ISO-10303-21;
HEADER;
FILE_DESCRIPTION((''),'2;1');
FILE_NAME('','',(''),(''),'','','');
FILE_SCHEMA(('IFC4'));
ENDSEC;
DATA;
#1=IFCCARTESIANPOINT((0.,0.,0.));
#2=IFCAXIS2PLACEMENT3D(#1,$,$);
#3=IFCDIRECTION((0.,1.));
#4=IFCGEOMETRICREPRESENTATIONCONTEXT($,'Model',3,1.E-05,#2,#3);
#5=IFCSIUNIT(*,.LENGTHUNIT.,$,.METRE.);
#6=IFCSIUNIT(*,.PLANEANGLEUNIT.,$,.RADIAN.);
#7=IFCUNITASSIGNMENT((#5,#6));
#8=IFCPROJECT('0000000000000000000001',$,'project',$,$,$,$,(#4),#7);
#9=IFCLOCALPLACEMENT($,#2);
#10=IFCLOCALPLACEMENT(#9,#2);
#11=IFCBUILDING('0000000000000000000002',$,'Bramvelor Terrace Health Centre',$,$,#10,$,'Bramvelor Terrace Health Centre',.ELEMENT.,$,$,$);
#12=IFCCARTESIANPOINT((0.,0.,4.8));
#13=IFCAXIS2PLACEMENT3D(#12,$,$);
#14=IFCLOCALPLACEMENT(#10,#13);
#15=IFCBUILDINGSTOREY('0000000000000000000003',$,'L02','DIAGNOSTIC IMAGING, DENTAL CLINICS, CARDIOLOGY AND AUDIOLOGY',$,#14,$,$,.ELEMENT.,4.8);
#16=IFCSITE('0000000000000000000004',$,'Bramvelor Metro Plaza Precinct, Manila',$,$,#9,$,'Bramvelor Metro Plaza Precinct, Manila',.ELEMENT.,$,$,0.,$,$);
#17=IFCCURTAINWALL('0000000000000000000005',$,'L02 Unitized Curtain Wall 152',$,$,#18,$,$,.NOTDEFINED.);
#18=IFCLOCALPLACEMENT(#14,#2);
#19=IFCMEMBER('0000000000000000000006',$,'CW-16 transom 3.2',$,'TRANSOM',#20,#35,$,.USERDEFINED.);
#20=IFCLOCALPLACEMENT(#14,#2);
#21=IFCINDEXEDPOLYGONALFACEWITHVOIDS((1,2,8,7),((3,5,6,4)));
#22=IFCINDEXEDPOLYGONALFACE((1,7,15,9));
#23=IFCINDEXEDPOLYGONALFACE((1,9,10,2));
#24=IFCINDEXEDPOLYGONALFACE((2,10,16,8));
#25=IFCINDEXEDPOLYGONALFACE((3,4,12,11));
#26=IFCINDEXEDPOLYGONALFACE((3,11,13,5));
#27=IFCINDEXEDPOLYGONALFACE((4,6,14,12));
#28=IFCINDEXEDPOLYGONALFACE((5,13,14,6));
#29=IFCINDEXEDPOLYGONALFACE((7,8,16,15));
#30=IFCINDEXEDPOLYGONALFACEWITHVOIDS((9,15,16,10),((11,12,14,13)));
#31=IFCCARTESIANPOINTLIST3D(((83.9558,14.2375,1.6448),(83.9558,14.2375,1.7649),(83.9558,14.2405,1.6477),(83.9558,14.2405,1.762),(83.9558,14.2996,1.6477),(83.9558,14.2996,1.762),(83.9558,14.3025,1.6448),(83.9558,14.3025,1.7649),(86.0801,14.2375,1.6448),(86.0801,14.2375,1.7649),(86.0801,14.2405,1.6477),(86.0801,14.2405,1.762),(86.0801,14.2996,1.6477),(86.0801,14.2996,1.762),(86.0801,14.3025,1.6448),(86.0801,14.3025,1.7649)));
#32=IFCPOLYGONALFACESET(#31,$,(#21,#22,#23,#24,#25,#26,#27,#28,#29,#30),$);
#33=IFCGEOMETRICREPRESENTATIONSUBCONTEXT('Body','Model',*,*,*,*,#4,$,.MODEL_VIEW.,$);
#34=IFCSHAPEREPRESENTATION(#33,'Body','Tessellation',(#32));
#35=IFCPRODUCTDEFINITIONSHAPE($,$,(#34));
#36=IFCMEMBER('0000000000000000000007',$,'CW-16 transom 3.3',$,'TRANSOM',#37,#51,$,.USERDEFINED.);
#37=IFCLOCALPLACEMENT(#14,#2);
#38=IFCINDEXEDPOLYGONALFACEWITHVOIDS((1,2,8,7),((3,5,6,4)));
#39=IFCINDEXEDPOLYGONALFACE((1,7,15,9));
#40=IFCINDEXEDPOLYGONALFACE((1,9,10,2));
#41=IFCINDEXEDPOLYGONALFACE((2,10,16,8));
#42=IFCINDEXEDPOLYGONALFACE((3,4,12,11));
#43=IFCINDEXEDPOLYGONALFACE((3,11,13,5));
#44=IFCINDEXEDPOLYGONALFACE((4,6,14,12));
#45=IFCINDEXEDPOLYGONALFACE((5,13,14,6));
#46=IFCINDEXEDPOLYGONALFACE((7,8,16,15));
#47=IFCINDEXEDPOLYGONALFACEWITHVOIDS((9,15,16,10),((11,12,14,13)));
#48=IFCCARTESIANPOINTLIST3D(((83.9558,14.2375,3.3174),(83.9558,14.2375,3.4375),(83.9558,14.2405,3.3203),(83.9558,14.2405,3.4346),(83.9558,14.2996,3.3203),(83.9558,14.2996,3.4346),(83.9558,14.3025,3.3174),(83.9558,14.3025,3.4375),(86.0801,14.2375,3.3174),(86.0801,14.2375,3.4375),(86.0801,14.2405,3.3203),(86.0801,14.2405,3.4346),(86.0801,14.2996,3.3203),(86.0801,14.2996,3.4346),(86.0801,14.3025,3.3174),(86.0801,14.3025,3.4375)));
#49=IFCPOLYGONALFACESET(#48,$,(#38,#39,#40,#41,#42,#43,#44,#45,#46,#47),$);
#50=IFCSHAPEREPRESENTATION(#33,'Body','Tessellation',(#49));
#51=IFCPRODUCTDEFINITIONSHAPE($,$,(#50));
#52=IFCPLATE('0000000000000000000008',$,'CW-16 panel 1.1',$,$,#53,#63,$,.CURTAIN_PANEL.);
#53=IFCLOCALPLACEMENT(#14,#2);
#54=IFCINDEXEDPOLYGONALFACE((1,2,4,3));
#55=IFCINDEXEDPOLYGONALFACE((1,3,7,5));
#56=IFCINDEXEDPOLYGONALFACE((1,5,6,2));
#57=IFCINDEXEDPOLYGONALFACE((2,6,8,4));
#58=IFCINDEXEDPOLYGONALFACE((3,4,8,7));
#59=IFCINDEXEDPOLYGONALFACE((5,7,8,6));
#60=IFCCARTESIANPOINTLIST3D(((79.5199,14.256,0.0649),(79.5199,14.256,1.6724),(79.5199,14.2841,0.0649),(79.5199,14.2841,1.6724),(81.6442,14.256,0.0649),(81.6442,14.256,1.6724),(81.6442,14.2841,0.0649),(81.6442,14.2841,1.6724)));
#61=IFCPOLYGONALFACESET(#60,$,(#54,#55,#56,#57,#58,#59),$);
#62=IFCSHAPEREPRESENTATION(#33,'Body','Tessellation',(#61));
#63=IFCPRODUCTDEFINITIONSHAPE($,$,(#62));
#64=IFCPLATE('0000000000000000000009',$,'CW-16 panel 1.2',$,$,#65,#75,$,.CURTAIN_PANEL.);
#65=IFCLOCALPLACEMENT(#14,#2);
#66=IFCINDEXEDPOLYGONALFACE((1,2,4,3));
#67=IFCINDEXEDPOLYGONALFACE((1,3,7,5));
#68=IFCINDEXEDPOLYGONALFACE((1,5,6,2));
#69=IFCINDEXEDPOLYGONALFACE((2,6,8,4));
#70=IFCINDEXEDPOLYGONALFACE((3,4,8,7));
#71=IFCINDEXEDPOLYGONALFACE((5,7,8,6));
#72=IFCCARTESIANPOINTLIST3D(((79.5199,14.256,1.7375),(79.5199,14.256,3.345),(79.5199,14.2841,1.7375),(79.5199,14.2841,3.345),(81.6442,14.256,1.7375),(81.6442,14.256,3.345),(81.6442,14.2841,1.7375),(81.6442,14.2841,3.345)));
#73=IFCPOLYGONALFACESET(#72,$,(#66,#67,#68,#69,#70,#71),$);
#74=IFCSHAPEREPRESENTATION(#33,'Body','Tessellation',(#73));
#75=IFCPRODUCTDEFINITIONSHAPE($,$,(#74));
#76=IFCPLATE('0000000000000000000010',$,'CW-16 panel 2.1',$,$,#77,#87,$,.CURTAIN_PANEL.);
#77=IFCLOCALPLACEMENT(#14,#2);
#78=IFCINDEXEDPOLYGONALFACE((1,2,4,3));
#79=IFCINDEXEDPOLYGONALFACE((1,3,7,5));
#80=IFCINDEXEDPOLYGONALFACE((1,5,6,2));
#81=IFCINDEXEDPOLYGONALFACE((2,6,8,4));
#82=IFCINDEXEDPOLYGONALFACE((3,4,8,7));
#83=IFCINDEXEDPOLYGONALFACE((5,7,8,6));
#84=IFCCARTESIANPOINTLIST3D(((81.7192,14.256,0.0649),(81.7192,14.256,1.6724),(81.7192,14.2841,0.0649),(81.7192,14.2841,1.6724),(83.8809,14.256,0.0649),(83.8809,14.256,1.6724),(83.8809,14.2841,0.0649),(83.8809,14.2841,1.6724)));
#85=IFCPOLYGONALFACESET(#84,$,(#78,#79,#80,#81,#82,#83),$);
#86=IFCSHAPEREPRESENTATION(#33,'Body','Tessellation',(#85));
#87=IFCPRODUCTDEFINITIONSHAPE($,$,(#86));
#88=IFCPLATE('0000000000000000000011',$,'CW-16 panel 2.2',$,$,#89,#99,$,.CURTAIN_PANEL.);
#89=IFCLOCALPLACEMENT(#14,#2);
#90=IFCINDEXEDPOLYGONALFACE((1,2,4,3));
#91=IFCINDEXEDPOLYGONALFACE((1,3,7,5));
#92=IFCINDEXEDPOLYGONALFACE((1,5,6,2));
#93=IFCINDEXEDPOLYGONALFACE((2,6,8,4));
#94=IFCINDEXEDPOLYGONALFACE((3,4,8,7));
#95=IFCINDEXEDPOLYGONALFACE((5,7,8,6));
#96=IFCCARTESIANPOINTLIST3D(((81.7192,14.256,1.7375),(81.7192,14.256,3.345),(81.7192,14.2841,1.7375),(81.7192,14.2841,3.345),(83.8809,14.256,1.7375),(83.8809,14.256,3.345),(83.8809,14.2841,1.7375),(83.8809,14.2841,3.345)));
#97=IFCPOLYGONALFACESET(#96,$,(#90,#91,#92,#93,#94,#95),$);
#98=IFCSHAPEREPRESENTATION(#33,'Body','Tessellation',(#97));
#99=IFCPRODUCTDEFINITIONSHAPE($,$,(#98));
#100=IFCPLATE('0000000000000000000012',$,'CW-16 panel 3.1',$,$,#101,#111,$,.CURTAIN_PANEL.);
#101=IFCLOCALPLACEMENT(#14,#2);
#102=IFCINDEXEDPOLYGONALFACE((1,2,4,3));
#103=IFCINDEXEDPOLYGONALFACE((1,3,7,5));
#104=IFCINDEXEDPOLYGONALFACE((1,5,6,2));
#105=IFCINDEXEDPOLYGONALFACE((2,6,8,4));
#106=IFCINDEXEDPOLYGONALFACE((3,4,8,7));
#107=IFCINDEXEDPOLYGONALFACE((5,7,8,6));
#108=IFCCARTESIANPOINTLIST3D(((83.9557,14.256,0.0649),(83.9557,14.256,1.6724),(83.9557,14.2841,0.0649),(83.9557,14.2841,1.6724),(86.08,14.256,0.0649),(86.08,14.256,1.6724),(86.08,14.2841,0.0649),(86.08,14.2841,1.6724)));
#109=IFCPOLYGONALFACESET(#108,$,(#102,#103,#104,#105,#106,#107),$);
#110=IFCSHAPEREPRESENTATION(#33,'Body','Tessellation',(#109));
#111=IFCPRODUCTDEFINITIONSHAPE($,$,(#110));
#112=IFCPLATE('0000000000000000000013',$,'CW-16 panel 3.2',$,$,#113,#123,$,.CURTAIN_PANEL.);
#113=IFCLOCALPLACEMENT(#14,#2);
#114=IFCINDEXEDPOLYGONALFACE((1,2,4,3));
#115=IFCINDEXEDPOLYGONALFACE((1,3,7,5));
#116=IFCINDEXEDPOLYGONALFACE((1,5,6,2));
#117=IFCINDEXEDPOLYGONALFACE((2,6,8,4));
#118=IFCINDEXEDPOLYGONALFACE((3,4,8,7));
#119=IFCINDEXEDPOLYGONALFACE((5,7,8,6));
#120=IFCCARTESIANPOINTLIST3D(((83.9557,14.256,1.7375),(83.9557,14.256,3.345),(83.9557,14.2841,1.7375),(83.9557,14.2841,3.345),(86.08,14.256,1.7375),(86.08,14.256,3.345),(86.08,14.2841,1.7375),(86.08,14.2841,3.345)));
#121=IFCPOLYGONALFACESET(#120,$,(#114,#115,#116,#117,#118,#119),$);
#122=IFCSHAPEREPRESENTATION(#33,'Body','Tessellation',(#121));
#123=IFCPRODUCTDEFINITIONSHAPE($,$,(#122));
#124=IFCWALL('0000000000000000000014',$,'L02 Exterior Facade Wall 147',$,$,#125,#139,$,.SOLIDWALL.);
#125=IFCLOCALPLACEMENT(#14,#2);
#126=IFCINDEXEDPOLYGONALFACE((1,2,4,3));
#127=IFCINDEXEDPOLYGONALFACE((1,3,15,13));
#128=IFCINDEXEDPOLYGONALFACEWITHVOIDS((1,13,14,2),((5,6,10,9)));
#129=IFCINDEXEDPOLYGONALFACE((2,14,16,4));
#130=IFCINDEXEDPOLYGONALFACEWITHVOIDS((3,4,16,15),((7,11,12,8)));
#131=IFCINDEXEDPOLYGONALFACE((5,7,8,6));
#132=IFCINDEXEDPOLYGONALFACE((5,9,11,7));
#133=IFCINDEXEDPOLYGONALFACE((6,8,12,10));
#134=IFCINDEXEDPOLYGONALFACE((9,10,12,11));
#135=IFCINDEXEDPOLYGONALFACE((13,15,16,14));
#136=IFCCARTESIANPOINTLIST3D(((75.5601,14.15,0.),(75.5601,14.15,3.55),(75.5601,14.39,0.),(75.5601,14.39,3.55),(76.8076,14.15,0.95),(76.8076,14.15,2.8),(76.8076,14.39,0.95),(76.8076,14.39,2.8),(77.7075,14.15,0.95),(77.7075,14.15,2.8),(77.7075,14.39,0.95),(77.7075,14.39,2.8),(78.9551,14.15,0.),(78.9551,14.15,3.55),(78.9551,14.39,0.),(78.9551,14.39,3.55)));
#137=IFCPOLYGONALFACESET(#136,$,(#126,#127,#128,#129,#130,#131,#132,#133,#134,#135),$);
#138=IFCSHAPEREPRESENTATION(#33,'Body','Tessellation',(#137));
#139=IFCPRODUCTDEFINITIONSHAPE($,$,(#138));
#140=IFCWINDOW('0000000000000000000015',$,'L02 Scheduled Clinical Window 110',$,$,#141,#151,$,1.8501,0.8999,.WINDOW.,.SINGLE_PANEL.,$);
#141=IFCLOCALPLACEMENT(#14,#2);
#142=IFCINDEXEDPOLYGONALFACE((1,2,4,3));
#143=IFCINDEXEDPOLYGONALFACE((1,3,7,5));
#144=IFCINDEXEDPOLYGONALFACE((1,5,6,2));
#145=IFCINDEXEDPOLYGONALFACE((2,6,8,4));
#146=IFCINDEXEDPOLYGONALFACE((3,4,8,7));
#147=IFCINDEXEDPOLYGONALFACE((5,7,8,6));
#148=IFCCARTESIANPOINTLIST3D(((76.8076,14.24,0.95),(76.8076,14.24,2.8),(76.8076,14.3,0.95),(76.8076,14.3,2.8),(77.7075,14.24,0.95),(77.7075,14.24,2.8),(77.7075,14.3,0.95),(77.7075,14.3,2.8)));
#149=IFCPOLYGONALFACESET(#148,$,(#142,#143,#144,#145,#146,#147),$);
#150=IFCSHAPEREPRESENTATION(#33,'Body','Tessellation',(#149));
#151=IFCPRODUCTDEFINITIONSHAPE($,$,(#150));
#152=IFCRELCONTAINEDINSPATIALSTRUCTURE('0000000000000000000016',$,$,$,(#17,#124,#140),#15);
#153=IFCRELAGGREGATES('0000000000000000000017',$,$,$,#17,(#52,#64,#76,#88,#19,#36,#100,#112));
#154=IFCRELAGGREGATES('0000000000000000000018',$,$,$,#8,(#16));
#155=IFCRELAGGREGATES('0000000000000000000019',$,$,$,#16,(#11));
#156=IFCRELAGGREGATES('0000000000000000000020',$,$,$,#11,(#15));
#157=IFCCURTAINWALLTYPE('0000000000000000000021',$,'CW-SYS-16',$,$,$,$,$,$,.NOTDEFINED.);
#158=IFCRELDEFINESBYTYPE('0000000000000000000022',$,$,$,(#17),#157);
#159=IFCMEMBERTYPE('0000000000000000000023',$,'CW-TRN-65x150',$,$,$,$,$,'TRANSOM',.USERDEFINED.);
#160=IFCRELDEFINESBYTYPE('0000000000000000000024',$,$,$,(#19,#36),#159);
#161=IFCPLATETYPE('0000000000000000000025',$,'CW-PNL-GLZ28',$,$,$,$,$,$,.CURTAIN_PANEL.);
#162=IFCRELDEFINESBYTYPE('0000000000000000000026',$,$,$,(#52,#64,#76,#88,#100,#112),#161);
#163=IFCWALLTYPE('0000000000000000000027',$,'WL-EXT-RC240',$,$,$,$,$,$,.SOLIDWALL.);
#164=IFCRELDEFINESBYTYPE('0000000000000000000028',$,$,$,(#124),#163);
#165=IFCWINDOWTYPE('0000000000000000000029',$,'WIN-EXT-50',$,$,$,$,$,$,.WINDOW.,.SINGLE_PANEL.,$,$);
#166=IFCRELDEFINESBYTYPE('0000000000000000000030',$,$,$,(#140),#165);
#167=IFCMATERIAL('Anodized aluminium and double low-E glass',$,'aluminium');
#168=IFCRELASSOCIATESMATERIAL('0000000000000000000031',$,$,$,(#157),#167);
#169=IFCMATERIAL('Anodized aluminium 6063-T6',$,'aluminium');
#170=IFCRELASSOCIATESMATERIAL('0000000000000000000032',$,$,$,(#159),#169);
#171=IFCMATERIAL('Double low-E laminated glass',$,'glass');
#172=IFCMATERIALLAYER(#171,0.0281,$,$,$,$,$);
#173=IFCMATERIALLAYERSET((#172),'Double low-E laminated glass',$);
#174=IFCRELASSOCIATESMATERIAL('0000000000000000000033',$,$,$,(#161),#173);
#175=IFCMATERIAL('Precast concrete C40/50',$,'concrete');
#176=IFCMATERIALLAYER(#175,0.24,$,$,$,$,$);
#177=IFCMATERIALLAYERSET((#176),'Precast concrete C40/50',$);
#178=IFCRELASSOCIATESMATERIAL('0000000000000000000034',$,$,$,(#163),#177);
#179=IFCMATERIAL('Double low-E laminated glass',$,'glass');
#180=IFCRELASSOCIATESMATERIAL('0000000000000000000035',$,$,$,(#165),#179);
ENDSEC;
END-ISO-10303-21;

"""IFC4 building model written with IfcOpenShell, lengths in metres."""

from ifc_helpers import new_model, si_unit, direction, frame, frame_2d, origin, origin_2d, place, context, subcontext, project, spatial, rectangle, hollow_rectangle, extrude, material, layer, layer_set, material_profile, profile_set, type_object, element, fill, aggregate, save


model = new_model("IFC4")

# Units and contexts
model_context = context("Model", 3, precision=1e-05, world=origin(), true_north=direction((0.0, 1.0)))
body_context = subcontext(model_context, "Body", "Model", "MODEL_VIEW")
ifc_project = project(units=[si_unit("LENGTHUNIT", "METRE"), si_unit("PLANEANGLEUNIT", "RADIAN")], contexts=[model_context])

# Site, building, storey
site_placement = place(None, origin())
site = spatial("IfcSite", under=ifc_project, at=site_placement, Name="Bramvelor Metro Plaza Precinct, Manila", LongName="Bramvelor Metro Plaza Precinct, Manila", CompositionType="ELEMENT", RefElevation=0.0)
building_placement = place(site_placement, origin())
building = spatial("IfcBuilding", under=site, at=building_placement, Name="Bramvelor Terrace Health Centre", LongName="Bramvelor Terrace Health Centre", CompositionType="ELEMENT")
storey_placement = place(building_placement, frame((0.0, 0.0, 4.8)))
storey = spatial("IfcBuildingStorey", under=building, at=storey_placement, Name="L02", Description="DIAGNOSTIC IMAGING, DENTAL CLINICS, CARDIOLOGY AND AUDIOLOGY", CompositionType="ELEMENT", Elevation=4.8)

# Curtain wall, members, plates
ifc_material_1 = material(Name="Anodized aluminium and double low-E glass", Category="aluminium")
curtain_wall_type = type_object("IfcCurtainWallType", Name="CW-SYS-16", PredefinedType="NOTDEFINED", material=ifc_material_1)
curtain_wall_placement = place(storey_placement, origin())
curtain_wall = element("IfcCurtainWall", 1, at=curtain_wall_placement, inside=storey, type_object=curtain_wall_type, Name="L02 Unitized Curtain Wall 152", PredefinedType="NOTDEFINED")
ifc_material_2 = material(Name="Anodized aluminium 6063-T6", Category="aluminium")
ifc_material_profile_1 = material_profile(ifc_material_2, hollow_rectangle(XDim=0.0649, YDim=0.1201, WallThickness=0.0029, at=origin_2d()), Name="ALU-TRN 65x120x3.0")
ifc_profile_set_1 = profile_set([ifc_material_profile_1], Name="Anodized aluminium 6063-T6")
member_type_1 = type_object("IfcMemberType", Name="CW-TRN-65x150", ElementType="TRANSOM", PredefinedType="USERDEFINED", material=ifc_profile_set_1)
member_1_placement = place(storey_placement, frame((83.9558, 14.27, 1.7048), z_axis=(1.0, 0.0, 0.0), x_axis=(0.0, 1.0, 0.0)))
member_1 = element("IfcMember", 2, at=member_1_placement, type_object=member_type_1, Name="CW-16 transom 3.2", ObjectType="TRANSOM", PredefinedType="USERDEFINED", context=body_context, shape_type="SweptSolid", body=[
    extrude(hollow_rectangle(XDim=0.0649, YDim=0.1201, WallThickness=0.0029, at=origin_2d()), origin(), (0.0, 0.0, 1.0), 2.1243),
])
member_2_placement = place(storey_placement, frame((83.9558, 14.27, 3.3774), z_axis=(1.0, 0.0, 0.0), x_axis=(0.0, 1.0, 0.0)))
member_2 = element("IfcMember", 3, at=member_2_placement, type_object=member_type_1, Name="CW-16 transom 3.3", ObjectType="TRANSOM", PredefinedType="USERDEFINED", context=body_context, shape_type="SweptSolid", body=[
    extrude(hollow_rectangle(XDim=0.0649, YDim=0.1201, WallThickness=0.0029, at=origin_2d()), origin(), (0.0, 0.0, 1.0), 2.1243),
])
ifc_material_3 = material(Name="Double low-E laminated glass", Category="glass")
ifc_layer_1 = layer(ifc_material_3, 0.0281)
ifc_layer_set_1 = layer_set([ifc_layer_1], Name="Double low-E laminated glass")
plate_type = type_object("IfcPlateType", Name="CW-PNL-GLZ28", PredefinedType="CURTAIN_PANEL", material=ifc_layer_set_1)
plate_1_placement = place(storey_placement, frame((80.582, 14.27, 0.0649), z_axis=(0.0, 0.0, 1.0), x_axis=(1.0, 0.0, 0.0)))
plate_1 = element("IfcPlate", 4, at=plate_1_placement, type_object=plate_type, Name="CW-16 panel 1.1", PredefinedType="CURTAIN_PANEL", context=body_context, shape_type="SweptSolid", body=[
    extrude(rectangle(XDim=2.1243, YDim=0.0281, at=origin_2d()), origin(), (0.0, 0.0, 1.0), 1.6074),
])
plate_2_placement = place(storey_placement, frame((80.582, 14.27, 1.7375), z_axis=(0.0, 0.0, 1.0), x_axis=(1.0, 0.0, 0.0)))
plate_2 = element("IfcPlate", 5, at=plate_2_placement, type_object=plate_type, Name="CW-16 panel 1.2", PredefinedType="CURTAIN_PANEL", context=body_context, shape_type="SweptSolid", body=[
    extrude(rectangle(XDim=2.1243, YDim=0.0281, at=origin_2d()), origin(), (0.0, 0.0, 1.0), 1.6074),
])
plate_3_placement = place(storey_placement, frame((82.8, 14.27, 0.0649), z_axis=(0.0, 0.0, 1.0), x_axis=(1.0, 0.0, 0.0)))
plate_3 = element("IfcPlate", 6, at=plate_3_placement, type_object=plate_type, Name="CW-16 panel 2.1", PredefinedType="CURTAIN_PANEL", context=body_context, shape_type="SweptSolid", body=[
    extrude(rectangle(XDim=2.1616, YDim=0.0281, at=origin_2d()), origin(), (0.0, 0.0, 1.0), 1.6074),
])
plate_4_placement = place(storey_placement, frame((82.8, 14.27, 1.7375), z_axis=(0.0, 0.0, 1.0), x_axis=(1.0, 0.0, 0.0)))
plate_4 = element("IfcPlate", 7, at=plate_4_placement, type_object=plate_type, Name="CW-16 panel 2.2", PredefinedType="CURTAIN_PANEL", context=body_context, shape_type="SweptSolid", body=[
    extrude(rectangle(XDim=2.1616, YDim=0.0281, at=origin_2d()), origin(), (0.0, 0.0, 1.0), 1.6074),
])
plate_5_placement = place(storey_placement, frame((85.0178, 14.27, 0.0649), z_axis=(0.0, 0.0, 1.0), x_axis=(1.0, 0.0, 0.0)))
plate_5 = element("IfcPlate", 8, at=plate_5_placement, type_object=plate_type, Name="CW-16 panel 3.1", PredefinedType="CURTAIN_PANEL", context=body_context, shape_type="SweptSolid", body=[
    extrude(rectangle(XDim=2.1243, YDim=0.0281, at=origin_2d()), origin(), (0.0, 0.0, 1.0), 1.6074),
])
plate_6_placement = place(storey_placement, frame((85.0178, 14.27, 1.7375), z_axis=(0.0, 0.0, 1.0), x_axis=(1.0, 0.0, 0.0)))
plate_6 = element("IfcPlate", 9, at=plate_6_placement, type_object=plate_type, Name="CW-16 panel 3.2", PredefinedType="CURTAIN_PANEL", context=body_context, shape_type="SweptSolid", body=[
    extrude(rectangle(XDim=2.1243, YDim=0.0281, at=origin_2d()), origin(), (0.0, 0.0, 1.0), 1.6074),
])
aggregate(curtain_wall, [plate_1, plate_2, plate_3, plate_4, member_1, member_2, plate_5, plate_6])

# Wall, opening, window
ifc_material_4 = material(Name="Precast concrete C40/50", Category="concrete")
ifc_layer_2 = layer(ifc_material_4, 0.24)
ifc_layer_set_2 = layer_set([ifc_layer_2], Name="Precast concrete C40/50")
wall_type = type_object("IfcWallType", Name="WL-EXT-RC240", PredefinedType="SOLIDWALL", material=ifc_layer_set_2)
wall_placement = place(storey_placement, frame((75.5601, 14.27, 0.0), z_axis=(0.0, 0.0, 1.0), x_axis=(1.0, 0.0, 0.0)))
wall = element("IfcWall", 10, at=wall_placement, inside=storey, type_object=wall_type, Name="L02 Exterior Facade Wall 147", PredefinedType="SOLIDWALL", context=body_context, shape_type="SweptSolid", body=[
    extrude(rectangle(XDim=3.395, YDim=0.24, at=frame_2d((1.6975, 0.0))), origin(), (0.0, 0.0, 1.0), 3.55),
])
opening_placement = place(wall_placement, frame((1.2476, 0.0, 0.95)))
opening = element("IfcOpeningElement", 11, at=opening_placement, cuts=wall, PredefinedType="OPENING", context=body_context, shape_type="SweptSolid", body=[
    extrude(rectangle(XDim=0.8999, YDim=1.8501, at=frame_2d((0.45, 0.925))), frame((0.0, 0.1299, 0.0), z_axis=(0.0, -1.0, 0.0), x_axis=(1.0, 0.0, 0.0)), (0.0, 0.0, 1.0), 0.26),
])
ifc_material_5 = material(Name="Double low-E laminated glass", Category="glass")
window_type = type_object("IfcWindowType", Name="WIN-EXT-50", PartitioningType="SINGLE_PANEL", PredefinedType="WINDOW", material=ifc_material_5)
window_placement = place(opening_placement, origin())
window = element("IfcWindow", 12, at=window_placement, inside=storey, type_object=window_type, Name="L02 Scheduled Clinical Window 110", OverallHeight=1.8501, OverallWidth=0.8999, PartitioningType="SINGLE_PANEL", PredefinedType="WINDOW", context=body_context, shape_type="SweptSolid", body=[
    extrude(rectangle(XDim=0.8999, YDim=1.8501, at=frame_2d((0.45, 0.925))), frame((0.0, 0.03, 0.0), z_axis=(0.0, -1.0, 0.0), x_axis=(1.0, 0.0, 0.0)), (0.0, 0.0, 1.0), 0.0601),
])
fill(opening, window)

save(model, "model.ifc")
